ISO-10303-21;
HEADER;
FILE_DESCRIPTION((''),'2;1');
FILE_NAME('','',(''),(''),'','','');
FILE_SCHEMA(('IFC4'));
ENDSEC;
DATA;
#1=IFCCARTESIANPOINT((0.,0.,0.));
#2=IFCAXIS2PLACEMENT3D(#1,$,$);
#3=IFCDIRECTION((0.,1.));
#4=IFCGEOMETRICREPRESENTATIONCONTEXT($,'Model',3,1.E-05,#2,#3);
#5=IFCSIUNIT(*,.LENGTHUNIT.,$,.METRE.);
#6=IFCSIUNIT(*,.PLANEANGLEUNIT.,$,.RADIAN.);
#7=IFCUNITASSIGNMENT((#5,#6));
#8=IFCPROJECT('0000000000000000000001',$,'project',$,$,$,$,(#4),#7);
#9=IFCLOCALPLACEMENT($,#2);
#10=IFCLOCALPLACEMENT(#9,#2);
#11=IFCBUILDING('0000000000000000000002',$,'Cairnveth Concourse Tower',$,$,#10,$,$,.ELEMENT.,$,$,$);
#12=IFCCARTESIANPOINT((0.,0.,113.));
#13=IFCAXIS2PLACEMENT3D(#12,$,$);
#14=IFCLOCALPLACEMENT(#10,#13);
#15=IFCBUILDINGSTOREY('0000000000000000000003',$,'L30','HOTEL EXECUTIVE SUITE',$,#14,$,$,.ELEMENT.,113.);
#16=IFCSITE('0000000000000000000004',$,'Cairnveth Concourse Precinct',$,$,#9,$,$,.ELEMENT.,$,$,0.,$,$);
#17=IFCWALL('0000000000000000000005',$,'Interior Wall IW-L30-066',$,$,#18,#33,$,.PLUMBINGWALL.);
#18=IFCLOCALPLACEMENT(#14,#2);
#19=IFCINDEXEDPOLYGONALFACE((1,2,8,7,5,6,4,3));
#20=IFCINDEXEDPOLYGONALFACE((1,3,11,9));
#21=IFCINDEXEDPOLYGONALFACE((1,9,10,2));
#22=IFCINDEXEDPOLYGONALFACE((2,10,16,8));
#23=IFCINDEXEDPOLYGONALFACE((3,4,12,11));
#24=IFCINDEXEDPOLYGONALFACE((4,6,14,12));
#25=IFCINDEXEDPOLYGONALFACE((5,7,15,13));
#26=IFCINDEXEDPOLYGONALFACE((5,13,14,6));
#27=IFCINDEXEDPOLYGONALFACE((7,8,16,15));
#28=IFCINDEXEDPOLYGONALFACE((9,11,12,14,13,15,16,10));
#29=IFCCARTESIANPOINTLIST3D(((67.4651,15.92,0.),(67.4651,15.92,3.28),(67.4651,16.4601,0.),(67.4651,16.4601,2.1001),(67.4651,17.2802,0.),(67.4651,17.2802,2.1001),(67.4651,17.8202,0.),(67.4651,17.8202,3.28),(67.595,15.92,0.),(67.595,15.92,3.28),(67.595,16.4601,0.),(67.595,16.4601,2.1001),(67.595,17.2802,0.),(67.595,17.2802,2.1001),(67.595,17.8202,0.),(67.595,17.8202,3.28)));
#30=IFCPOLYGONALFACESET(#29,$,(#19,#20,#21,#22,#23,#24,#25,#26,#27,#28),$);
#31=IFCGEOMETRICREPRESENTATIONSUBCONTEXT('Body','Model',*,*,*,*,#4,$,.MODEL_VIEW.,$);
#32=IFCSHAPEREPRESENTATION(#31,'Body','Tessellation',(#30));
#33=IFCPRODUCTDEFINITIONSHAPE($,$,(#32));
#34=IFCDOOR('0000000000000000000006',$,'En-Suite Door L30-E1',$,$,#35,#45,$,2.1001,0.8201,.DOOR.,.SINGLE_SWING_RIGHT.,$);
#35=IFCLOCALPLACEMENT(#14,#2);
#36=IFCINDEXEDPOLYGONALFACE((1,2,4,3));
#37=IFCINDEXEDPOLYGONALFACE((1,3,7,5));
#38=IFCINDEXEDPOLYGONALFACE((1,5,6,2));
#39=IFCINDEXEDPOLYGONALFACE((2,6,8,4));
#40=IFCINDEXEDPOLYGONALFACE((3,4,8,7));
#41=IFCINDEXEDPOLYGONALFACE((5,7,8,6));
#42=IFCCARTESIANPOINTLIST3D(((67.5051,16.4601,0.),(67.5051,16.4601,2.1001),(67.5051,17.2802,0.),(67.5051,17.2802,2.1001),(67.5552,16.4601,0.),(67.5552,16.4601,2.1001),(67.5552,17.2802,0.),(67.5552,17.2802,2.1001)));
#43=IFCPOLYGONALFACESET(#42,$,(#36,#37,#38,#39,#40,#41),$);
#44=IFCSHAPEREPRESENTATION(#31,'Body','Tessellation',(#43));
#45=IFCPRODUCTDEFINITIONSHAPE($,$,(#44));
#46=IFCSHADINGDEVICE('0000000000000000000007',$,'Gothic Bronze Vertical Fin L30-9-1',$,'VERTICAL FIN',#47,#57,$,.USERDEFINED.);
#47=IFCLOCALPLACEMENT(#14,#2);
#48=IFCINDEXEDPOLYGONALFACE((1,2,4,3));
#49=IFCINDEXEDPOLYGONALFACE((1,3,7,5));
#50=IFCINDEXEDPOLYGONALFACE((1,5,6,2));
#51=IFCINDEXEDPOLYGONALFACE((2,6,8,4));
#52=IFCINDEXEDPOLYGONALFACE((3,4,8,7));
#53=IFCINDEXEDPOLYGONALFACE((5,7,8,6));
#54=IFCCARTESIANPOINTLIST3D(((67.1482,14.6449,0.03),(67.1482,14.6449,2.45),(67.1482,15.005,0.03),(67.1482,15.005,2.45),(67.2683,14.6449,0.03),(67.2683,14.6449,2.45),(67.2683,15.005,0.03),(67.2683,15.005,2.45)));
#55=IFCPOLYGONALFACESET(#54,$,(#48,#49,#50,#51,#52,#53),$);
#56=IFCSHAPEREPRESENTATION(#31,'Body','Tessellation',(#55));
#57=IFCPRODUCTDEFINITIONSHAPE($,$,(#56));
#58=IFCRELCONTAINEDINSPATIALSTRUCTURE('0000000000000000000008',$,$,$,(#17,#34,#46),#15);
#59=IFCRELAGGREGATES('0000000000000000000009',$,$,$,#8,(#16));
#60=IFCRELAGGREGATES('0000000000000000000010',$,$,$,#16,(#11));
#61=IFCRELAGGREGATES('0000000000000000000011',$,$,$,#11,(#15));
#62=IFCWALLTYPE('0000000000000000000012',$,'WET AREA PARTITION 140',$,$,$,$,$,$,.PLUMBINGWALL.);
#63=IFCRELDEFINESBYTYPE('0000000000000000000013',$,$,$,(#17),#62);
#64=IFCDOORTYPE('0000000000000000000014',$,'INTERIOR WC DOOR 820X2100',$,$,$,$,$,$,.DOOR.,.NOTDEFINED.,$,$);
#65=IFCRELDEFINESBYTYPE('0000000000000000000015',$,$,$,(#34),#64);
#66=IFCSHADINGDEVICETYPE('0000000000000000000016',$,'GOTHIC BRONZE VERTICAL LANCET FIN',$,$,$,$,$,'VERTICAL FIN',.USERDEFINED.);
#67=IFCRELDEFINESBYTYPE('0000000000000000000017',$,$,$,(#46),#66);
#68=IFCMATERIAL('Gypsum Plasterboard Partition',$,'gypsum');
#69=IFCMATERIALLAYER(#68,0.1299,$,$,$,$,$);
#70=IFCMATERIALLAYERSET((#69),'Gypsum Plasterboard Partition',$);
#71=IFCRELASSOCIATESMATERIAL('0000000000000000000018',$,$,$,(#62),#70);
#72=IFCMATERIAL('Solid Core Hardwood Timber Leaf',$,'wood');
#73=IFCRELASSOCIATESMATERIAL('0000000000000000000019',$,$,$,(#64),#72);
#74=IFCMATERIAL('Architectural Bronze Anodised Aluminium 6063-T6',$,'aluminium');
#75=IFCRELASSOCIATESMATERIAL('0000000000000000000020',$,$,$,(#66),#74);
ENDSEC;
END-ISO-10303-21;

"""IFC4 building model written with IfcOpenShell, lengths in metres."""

from ifc_helpers import new_model, si_unit, direction, frame, frame_2d, origin, origin_2d, place, context, subcontext, project, spatial, rectangle, extrude, material, layer, layer_set, type_object, element, fill, save


model = new_model("IFC4")

# Units and contexts
model_context = context("Model", 3, precision=1e-05, world=origin(), true_north=direction((0.0, 1.0)))
body_context = subcontext(model_context, "Body", "Model", "MODEL_VIEW")
ifc_project = project(units=[si_unit("LENGTHUNIT", "METRE"), si_unit("PLANEANGLEUNIT", "RADIAN")], contexts=[model_context])

# Site, building, storey
site_placement = place(None, origin())
site = spatial("IfcSite", under=ifc_project, at=site_placement, Name="Cairnveth Concourse Precinct", CompositionType="ELEMENT", RefElevation=0.0)
building_placement = place(site_placement, origin())
building = spatial("IfcBuilding", under=site, at=building_placement, Name="Cairnveth Concourse Tower", CompositionType="ELEMENT")
storey_placement = place(building_placement, frame((0.0, 0.0, 113.0)))
storey = spatial("IfcBuildingStorey", under=building, at=storey_placement, Name="L30", Description="HOTEL EXECUTIVE SUITE", CompositionType="ELEMENT", Elevation=113.0)

# Shared definitions
ifc_material_1 = material(Name="Gypsum Plasterboard Partition", Category="gypsum")
ifc_material_2 = material(Name="Solid Core Hardwood Timber Leaf", Category="wood")

# Shared definitions
ifc_layer_1 = layer(ifc_material_1, 0.1299)
ifc_layer_set_1 = layer_set([ifc_layer_1], Name="Gypsum Plasterboard Partition")
wall_type_1 = type_object("IfcWallType", Name="WET AREA PARTITION 140", PredefinedType="PLUMBINGWALL", material=ifc_layer_set_1)

# Wall, opening, door
wall_1_placement = place(storey_placement, frame((67.53, 15.9199, 0.0), z_axis=(0.0, 0.0, 1.0), x_axis=(0.0, 1.0, 0.0)))
wall_1 = element("IfcWall", 1, at=wall_1_placement, inside=storey, type_object=wall_type_1, Name="Interior Wall IW-L30-066", PredefinedType="PLUMBINGWALL", context=body_context, shape_type="SweptSolid", body=[
    extrude(rectangle(XDim=1.9001, YDim=0.1299, at=frame_2d((0.9502, 0.0))), origin(), (0.0, 0.0, 1.0), 3.28),
])
opening_1_placement = place(wall_1_placement, frame((0.54, 0.0, 0.0)))
opening_1 = element("IfcOpeningElement", 2, at=opening_1_placement, cuts=wall_1, PredefinedType="OPENING", context=body_context, shape_type="SweptSolid", body=[
    extrude(rectangle(XDim=0.8201, YDim=2.1001, at=frame_2d((0.4102, 1.05))), frame((0.0, 0.075, 0.0), z_axis=(0.0, -1.0, 0.0), x_axis=(1.0, 0.0, 0.0)), (0.0, 0.0, 1.0), 0.1499),
])
door_type_1 = type_object("IfcDoorType", Name="INTERIOR WC DOOR 820X2100", OperationType="NOTDEFINED", PredefinedType="DOOR", material=ifc_material_2)
door_1_placement = place(opening_1_placement, origin())
door_1 = element("IfcDoor", 3, at=door_1_placement, inside=storey, type_object=door_type_1, Name="En-Suite Door L30-E1", OperationType="SINGLE_SWING_RIGHT", OverallHeight=2.1001, OverallWidth=0.8201, PredefinedType="DOOR", context=body_context, shape_type="SweptSolid", body=[
    extrude(rectangle(XDim=0.8201, YDim=2.1001, at=frame_2d((0.4102, 1.05))), frame((0.0, 0.0249, 0.0), z_axis=(0.0, -1.0, 0.0), x_axis=(1.0, 0.0, 0.0)), (0.0, 0.0, 1.0), 0.05),
])
fill(opening_1, door_1)

# Shading device
ifc_material_3 = material(Name="Architectural Bronze Anodised Aluminium 6063-T6", Category="aluminium")
shading_device_type = type_object("IfcShadingDeviceType", Name="GOTHIC BRONZE VERTICAL LANCET FIN", ElementType="VERTICAL FIN", PredefinedType="USERDEFINED", material=ifc_material_3)
shading_device_placement = place(storey_placement, frame((67.2083, 14.825, 0.03), z_axis=(0.0, 0.0, 1.0), x_axis=(1.0, 0.0, 0.0)))
element("IfcShadingDevice", 4, at=shading_device_placement, inside=storey, type_object=shading_device_type, Name="Gothic Bronze Vertical Fin L30-9-1", ObjectType="VERTICAL FIN", PredefinedType="USERDEFINED", context=body_context, shape_type="SweptSolid", body=[
    extrude(rectangle(XDim=0.1201, YDim=0.3601, at=origin_2d()), origin(), (0.0, 0.0, 1.0), 2.4199),
])

save(model, "model.ifc")
